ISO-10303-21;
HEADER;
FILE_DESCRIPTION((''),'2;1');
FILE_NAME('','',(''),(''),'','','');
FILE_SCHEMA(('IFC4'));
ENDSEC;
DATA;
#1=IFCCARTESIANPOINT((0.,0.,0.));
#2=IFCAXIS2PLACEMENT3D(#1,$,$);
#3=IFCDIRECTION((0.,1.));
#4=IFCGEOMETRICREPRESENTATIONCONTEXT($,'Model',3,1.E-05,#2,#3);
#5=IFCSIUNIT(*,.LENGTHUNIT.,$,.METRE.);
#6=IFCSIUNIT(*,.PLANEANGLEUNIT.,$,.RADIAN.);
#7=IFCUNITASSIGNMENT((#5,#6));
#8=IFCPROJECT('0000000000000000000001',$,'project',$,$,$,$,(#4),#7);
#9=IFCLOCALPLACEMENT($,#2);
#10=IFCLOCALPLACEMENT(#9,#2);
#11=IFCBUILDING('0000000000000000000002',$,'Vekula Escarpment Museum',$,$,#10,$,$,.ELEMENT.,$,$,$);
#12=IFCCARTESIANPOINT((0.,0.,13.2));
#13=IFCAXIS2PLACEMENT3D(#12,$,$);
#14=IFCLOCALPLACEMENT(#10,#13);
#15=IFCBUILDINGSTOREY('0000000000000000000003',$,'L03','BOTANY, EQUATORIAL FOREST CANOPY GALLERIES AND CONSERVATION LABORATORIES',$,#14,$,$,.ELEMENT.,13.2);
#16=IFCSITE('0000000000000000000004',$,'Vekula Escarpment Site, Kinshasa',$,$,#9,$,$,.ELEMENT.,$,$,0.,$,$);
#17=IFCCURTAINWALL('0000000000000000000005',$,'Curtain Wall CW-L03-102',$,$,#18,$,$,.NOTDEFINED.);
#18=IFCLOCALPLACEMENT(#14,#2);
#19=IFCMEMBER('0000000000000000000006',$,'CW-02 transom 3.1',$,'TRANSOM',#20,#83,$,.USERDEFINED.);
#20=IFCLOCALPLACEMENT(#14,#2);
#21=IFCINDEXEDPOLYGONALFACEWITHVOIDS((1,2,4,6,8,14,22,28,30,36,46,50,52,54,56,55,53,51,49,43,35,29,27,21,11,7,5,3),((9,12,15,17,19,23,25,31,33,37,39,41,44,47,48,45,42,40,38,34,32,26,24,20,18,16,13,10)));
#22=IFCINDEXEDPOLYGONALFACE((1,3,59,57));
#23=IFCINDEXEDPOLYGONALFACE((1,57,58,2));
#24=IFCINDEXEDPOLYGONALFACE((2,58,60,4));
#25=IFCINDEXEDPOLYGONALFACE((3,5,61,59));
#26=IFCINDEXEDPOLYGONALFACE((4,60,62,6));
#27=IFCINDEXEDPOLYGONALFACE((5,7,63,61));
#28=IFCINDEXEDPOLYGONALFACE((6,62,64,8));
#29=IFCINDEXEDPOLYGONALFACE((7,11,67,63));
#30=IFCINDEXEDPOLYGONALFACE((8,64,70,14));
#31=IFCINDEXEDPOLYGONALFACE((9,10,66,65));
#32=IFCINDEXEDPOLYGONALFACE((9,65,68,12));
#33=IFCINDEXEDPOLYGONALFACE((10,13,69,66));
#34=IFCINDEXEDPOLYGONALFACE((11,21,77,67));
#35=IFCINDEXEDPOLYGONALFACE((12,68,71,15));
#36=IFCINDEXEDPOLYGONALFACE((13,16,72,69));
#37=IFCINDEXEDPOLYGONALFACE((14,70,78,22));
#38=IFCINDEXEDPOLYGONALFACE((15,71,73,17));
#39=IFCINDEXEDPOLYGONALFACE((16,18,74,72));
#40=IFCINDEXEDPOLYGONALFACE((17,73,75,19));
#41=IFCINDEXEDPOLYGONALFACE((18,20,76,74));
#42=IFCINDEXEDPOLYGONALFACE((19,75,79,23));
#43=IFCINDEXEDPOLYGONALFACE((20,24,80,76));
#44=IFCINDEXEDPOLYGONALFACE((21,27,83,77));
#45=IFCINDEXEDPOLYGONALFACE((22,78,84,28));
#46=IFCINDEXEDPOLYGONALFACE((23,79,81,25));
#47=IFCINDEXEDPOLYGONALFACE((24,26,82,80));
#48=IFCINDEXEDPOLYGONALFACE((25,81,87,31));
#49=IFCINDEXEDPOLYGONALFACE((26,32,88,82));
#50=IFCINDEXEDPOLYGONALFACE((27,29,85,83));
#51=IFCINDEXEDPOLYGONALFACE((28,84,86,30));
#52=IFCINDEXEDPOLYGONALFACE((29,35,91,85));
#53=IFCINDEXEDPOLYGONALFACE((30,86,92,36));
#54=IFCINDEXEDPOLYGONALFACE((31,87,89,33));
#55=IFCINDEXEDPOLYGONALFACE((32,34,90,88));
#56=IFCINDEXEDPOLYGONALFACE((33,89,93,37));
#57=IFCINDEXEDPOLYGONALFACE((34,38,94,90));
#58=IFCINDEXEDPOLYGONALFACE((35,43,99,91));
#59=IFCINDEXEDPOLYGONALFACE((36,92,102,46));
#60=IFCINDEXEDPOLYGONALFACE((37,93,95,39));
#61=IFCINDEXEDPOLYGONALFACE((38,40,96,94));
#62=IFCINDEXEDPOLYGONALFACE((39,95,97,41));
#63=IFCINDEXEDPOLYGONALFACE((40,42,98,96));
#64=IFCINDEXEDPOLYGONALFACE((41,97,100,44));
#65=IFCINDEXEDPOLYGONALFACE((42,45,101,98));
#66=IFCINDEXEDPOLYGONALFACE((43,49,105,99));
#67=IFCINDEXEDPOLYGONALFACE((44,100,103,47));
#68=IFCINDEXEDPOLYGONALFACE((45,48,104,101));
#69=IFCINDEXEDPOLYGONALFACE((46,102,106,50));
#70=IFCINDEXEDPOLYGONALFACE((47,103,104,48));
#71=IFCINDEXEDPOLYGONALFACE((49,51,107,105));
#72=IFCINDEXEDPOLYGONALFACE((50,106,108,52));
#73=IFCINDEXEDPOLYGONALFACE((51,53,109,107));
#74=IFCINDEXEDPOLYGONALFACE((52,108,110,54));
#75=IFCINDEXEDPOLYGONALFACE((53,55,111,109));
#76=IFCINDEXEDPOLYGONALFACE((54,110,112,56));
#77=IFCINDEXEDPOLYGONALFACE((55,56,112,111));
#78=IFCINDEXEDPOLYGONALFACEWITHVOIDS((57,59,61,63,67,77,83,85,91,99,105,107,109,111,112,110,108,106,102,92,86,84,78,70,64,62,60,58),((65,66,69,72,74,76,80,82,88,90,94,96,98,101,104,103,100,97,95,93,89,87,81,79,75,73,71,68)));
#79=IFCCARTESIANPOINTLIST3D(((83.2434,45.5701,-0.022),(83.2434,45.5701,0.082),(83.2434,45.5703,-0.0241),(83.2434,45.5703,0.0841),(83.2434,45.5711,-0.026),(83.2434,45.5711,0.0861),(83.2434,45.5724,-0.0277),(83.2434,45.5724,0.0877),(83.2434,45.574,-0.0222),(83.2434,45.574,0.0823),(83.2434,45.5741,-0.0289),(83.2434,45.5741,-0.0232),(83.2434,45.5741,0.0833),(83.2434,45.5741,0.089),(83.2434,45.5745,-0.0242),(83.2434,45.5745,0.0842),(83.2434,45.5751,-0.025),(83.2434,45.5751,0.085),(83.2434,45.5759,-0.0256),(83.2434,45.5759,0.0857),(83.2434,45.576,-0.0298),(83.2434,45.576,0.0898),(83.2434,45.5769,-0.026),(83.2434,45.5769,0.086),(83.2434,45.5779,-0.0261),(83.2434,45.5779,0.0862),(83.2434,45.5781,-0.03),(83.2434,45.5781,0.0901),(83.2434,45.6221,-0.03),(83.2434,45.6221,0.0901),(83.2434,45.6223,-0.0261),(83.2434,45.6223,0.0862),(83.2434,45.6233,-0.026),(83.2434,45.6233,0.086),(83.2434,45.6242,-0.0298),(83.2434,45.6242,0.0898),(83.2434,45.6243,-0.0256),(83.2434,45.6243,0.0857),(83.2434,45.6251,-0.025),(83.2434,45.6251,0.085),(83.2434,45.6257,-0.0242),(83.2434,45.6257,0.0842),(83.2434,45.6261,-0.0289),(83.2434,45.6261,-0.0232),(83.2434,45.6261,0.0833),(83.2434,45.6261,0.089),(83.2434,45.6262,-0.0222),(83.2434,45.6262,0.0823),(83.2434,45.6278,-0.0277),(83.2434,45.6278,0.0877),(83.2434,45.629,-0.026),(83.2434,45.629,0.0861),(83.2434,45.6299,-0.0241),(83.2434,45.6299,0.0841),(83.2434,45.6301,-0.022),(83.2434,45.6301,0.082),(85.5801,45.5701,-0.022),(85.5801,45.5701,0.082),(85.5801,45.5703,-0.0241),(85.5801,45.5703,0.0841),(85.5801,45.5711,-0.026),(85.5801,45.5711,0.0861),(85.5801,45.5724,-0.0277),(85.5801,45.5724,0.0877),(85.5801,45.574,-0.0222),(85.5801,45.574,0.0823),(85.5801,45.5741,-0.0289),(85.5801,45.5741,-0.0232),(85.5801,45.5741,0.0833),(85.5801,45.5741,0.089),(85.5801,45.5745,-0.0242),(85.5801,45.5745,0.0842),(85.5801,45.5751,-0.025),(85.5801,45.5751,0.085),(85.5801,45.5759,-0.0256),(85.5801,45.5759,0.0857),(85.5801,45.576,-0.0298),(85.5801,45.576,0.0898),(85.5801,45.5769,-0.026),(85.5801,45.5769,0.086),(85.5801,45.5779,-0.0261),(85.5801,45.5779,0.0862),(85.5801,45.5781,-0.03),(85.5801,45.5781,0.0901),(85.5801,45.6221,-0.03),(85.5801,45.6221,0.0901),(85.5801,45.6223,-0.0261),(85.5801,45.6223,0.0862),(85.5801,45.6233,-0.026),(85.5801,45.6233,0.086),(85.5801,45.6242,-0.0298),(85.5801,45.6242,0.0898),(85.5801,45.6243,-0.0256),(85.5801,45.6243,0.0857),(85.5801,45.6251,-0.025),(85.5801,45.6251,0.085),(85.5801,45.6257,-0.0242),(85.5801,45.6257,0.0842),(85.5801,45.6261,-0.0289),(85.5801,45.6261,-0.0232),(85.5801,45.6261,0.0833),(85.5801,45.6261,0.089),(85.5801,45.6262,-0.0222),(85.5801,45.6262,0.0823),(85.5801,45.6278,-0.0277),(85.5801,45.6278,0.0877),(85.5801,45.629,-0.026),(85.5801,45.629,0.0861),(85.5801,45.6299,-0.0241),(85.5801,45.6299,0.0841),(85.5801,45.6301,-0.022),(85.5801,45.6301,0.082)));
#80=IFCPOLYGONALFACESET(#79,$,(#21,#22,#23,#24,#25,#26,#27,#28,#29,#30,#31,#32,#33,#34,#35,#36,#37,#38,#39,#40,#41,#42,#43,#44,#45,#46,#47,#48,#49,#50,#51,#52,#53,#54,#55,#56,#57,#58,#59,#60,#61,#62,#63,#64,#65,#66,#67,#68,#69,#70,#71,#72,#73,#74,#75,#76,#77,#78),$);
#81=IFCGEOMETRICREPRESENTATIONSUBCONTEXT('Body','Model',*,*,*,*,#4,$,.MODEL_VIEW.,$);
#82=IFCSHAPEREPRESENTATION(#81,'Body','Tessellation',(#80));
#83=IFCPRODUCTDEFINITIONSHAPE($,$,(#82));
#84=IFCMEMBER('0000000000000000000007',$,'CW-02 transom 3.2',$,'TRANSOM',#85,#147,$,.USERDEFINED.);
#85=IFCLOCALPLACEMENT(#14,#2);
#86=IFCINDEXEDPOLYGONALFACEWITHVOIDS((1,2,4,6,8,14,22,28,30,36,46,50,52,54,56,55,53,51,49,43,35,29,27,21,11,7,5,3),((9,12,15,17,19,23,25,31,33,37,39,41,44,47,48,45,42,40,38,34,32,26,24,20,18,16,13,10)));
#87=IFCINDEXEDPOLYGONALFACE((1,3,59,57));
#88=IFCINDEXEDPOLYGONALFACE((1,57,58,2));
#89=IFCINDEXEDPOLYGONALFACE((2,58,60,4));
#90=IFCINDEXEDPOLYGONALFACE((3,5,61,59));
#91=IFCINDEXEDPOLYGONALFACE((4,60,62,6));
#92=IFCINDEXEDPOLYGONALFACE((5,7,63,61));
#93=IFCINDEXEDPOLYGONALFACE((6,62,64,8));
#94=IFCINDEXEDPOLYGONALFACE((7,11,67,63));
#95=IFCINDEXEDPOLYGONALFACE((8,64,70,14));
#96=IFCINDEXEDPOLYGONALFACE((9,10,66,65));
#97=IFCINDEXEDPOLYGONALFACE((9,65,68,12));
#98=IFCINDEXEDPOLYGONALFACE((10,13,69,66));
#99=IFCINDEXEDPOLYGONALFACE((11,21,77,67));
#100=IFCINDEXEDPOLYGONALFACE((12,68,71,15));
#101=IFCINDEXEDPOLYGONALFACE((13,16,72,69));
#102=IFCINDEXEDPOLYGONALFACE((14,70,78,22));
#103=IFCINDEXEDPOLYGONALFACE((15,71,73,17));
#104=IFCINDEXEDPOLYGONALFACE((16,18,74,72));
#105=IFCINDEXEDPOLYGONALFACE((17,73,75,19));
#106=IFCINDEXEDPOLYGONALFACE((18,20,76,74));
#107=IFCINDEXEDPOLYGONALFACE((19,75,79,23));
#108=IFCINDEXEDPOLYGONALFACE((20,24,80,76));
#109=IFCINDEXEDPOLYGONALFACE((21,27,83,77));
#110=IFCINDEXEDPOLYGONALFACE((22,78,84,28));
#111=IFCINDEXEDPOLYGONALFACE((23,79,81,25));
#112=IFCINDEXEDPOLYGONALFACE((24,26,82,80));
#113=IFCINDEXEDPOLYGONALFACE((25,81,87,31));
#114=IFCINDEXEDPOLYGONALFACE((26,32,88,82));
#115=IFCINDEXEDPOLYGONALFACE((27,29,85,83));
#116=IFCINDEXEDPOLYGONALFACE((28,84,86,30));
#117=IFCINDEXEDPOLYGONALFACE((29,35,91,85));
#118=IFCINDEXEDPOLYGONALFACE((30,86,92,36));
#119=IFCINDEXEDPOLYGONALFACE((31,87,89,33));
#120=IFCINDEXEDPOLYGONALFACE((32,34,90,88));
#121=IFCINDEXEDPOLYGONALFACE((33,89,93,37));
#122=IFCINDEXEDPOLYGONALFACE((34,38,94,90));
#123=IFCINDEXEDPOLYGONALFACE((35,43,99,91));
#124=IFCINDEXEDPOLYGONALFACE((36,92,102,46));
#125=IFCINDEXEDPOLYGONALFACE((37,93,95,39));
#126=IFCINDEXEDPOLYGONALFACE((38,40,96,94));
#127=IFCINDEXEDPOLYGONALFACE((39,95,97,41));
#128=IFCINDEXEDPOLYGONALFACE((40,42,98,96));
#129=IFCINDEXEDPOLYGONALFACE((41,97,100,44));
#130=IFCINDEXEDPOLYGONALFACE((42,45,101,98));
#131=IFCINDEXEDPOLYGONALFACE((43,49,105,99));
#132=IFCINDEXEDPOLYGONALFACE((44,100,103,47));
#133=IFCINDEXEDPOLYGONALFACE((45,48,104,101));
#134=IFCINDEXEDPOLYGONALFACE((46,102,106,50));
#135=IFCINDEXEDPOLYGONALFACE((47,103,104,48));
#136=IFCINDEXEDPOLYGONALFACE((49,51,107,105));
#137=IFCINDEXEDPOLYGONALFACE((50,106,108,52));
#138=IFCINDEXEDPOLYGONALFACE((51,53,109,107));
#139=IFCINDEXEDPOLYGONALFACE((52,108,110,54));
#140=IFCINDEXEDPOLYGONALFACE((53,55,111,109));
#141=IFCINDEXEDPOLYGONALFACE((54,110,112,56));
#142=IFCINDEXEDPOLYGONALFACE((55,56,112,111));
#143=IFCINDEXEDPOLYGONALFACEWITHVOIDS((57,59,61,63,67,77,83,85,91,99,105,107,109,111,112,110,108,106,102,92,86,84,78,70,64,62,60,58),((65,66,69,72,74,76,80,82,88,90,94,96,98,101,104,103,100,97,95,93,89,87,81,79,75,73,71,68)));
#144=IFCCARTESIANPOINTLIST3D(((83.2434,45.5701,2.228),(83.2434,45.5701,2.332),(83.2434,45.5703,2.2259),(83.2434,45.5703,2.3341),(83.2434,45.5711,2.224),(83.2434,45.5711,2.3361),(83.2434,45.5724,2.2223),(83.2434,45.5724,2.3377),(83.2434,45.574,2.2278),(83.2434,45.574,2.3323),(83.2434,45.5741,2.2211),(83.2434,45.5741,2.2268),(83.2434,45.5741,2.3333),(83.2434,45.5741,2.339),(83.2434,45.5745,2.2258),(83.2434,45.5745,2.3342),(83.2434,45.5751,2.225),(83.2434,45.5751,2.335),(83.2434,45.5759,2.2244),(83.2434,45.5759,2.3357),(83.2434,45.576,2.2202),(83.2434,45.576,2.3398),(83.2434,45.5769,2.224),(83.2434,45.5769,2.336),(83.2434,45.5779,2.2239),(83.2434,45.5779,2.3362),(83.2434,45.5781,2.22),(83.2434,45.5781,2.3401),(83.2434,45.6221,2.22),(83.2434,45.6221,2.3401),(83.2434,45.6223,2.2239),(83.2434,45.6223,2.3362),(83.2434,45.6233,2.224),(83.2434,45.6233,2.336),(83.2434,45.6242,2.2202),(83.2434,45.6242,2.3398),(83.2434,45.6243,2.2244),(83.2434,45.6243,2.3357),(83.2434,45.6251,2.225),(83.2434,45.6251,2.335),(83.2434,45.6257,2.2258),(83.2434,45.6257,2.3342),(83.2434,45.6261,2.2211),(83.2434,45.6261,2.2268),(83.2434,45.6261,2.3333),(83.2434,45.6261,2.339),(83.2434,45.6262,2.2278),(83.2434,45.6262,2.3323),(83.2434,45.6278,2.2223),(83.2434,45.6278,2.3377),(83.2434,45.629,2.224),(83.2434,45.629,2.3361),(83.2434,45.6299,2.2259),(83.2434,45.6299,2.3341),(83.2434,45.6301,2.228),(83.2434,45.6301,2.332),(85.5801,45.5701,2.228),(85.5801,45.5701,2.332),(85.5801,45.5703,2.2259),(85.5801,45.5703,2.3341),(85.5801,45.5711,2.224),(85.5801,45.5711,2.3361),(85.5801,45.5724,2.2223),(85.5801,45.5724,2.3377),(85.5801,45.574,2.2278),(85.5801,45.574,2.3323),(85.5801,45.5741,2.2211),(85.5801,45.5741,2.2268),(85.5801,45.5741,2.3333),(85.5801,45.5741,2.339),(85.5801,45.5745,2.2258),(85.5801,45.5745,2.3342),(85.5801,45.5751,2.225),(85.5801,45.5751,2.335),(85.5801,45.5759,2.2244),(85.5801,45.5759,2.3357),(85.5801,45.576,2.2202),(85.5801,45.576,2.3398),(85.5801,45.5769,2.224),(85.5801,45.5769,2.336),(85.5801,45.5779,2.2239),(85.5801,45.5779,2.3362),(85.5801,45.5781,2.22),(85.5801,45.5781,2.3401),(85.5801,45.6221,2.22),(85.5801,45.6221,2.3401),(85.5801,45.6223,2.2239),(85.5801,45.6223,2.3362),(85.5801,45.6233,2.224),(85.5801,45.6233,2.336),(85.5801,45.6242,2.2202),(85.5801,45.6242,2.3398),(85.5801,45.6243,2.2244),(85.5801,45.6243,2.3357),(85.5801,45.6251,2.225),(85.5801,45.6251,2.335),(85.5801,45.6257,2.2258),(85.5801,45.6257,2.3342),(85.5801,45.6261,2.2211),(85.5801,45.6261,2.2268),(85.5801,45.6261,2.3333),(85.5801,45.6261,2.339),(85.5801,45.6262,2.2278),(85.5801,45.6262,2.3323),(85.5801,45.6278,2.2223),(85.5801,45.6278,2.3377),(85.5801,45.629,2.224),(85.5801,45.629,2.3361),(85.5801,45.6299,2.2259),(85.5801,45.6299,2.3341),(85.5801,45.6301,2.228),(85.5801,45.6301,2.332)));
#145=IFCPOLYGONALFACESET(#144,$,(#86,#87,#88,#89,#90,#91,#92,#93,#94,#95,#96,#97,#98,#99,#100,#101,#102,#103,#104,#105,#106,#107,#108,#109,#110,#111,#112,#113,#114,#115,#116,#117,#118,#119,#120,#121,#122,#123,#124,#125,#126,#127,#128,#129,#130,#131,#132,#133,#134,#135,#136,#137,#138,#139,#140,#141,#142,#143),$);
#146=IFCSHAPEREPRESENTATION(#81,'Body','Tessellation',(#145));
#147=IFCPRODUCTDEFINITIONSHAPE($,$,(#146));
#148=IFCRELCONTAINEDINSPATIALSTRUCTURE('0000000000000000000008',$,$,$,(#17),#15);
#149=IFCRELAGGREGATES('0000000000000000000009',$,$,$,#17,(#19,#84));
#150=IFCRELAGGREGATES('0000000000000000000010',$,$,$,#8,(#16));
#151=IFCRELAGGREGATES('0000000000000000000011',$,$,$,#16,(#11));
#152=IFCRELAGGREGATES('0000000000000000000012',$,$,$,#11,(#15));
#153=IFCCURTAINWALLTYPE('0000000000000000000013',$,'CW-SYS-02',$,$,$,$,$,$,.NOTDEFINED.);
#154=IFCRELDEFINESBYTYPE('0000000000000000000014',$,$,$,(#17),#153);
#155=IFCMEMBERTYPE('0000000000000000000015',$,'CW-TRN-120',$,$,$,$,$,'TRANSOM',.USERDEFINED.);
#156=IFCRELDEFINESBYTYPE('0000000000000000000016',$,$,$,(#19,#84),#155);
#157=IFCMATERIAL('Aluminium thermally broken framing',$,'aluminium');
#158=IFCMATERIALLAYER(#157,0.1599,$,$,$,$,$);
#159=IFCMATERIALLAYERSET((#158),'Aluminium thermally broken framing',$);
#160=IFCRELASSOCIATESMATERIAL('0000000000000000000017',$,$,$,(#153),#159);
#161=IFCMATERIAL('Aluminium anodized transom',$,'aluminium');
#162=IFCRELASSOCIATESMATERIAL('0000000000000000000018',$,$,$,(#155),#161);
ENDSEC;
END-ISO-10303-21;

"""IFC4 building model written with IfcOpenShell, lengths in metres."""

from ifc_helpers import new_model, si_unit, direction, frame, origin, origin_2d, place, context, subcontext, project, spatial, hollow_rectangle, extrude, material, layer, layer_set, material_profile, profile_set, type_object, element, aggregate, save


model = new_model("IFC4")

# Units and contexts
model_context = context("Model", 3, precision=1e-05, world=origin(), true_north=direction((0.0, 1.0)))
body_context = subcontext(model_context, "Body", "Model", "MODEL_VIEW")
ifc_project = project(units=[si_unit("LENGTHUNIT", "METRE"), si_unit("PLANEANGLEUNIT", "RADIAN")], contexts=[model_context])

# Site, building, storey
site_placement = place(None, origin())
site = spatial("IfcSite", under=ifc_project, at=site_placement, Name="Vekula Escarpment Site, Kinshasa", CompositionType="ELEMENT", RefElevation=0.0)
building_placement = place(site_placement, origin())
building = spatial("IfcBuilding", under=site, at=building_placement, Name="Vekula Escarpment Museum", CompositionType="ELEMENT")
storey_placement = place(building_placement, frame((0.0, 0.0, 13.2)))
storey = spatial("IfcBuildingStorey", under=building, at=storey_placement, Name="L03", Description="BOTANY, EQUATORIAL FOREST CANOPY GALLERIES AND CONSERVATION LABORATORIES", CompositionType="ELEMENT", Elevation=13.2)

# Curtain wall
ifc_material_1 = material(Name="Aluminium thermally broken framing", Category="aluminium")
ifc_layer_1 = layer(ifc_material_1, 0.1599)
ifc_layer_set_1 = layer_set([ifc_layer_1], Name="Aluminium thermally broken framing")
curtain_wall_type_1 = type_object("IfcCurtainWallType", Name="CW-SYS-02", PredefinedType="NOTDEFINED", material=ifc_layer_set_1)
curtain_wall_1_placement = place(storey_placement, origin())
curtain_wall_1 = element("IfcCurtainWall", 1, at=curtain_wall_1_placement, inside=storey, type_object=curtain_wall_type_1, Name="Curtain Wall CW-L03-102", PredefinedType="NOTDEFINED")

# Members
ifc_material_2 = material(Name="Aluminium anodized transom", Category="aluminium")
ifc_material_profile_1 = material_profile(ifc_material_2, hollow_rectangle(XDim=0.0601, YDim=0.1201, WallThickness=0.0039, InnerFilletRadius=0.0039, OuterFilletRadius=0.0081, at=origin_2d()), Name="ALU 120x60x4")
ifc_profile_set_1 = profile_set([ifc_material_profile_1], Name="Aluminium anodized transom")
member_type_1 = type_object("IfcMemberType", Name="CW-TRN-120", ElementType="TRANSOM", PredefinedType="USERDEFINED", material=ifc_profile_set_1)
member_1_placement = place(storey_placement, frame((83.2434, 45.6001, 0.03), z_axis=(1.0, 0.0, 0.0), x_axis=(0.0, 1.0, 0.0)))
member_1 = element("IfcMember", 2, at=member_1_placement, type_object=member_type_1, Name="CW-02 transom 3.1", ObjectType="TRANSOM", PredefinedType="USERDEFINED", context=body_context, shape_type="SweptSolid", body=[
    extrude(hollow_rectangle(XDim=0.0601, YDim=0.1201, WallThickness=0.0039, InnerFilletRadius=0.0039, OuterFilletRadius=0.0081, at=origin_2d()), origin(), (0.0, 0.0, 1.0), 2.3367),
])
member_2_placement = place(storey_placement, frame((83.2434, 45.6001, 2.28), z_axis=(1.0, 0.0, 0.0), x_axis=(0.0, 1.0, 0.0)))
member_2 = element("IfcMember", 3, at=member_2_placement, type_object=member_type_1, Name="CW-02 transom 3.2", ObjectType="TRANSOM", PredefinedType="USERDEFINED", context=body_context, shape_type="SweptSolid", body=[
    extrude(hollow_rectangle(XDim=0.0601, YDim=0.1201, WallThickness=0.0039, InnerFilletRadius=0.0039, OuterFilletRadius=0.0081, at=origin_2d()), origin(), (0.0, 0.0, 1.0), 2.3367),
])

aggregate(curtain_wall_1, [member_1, member_2])

save(model, "model.ifc")
